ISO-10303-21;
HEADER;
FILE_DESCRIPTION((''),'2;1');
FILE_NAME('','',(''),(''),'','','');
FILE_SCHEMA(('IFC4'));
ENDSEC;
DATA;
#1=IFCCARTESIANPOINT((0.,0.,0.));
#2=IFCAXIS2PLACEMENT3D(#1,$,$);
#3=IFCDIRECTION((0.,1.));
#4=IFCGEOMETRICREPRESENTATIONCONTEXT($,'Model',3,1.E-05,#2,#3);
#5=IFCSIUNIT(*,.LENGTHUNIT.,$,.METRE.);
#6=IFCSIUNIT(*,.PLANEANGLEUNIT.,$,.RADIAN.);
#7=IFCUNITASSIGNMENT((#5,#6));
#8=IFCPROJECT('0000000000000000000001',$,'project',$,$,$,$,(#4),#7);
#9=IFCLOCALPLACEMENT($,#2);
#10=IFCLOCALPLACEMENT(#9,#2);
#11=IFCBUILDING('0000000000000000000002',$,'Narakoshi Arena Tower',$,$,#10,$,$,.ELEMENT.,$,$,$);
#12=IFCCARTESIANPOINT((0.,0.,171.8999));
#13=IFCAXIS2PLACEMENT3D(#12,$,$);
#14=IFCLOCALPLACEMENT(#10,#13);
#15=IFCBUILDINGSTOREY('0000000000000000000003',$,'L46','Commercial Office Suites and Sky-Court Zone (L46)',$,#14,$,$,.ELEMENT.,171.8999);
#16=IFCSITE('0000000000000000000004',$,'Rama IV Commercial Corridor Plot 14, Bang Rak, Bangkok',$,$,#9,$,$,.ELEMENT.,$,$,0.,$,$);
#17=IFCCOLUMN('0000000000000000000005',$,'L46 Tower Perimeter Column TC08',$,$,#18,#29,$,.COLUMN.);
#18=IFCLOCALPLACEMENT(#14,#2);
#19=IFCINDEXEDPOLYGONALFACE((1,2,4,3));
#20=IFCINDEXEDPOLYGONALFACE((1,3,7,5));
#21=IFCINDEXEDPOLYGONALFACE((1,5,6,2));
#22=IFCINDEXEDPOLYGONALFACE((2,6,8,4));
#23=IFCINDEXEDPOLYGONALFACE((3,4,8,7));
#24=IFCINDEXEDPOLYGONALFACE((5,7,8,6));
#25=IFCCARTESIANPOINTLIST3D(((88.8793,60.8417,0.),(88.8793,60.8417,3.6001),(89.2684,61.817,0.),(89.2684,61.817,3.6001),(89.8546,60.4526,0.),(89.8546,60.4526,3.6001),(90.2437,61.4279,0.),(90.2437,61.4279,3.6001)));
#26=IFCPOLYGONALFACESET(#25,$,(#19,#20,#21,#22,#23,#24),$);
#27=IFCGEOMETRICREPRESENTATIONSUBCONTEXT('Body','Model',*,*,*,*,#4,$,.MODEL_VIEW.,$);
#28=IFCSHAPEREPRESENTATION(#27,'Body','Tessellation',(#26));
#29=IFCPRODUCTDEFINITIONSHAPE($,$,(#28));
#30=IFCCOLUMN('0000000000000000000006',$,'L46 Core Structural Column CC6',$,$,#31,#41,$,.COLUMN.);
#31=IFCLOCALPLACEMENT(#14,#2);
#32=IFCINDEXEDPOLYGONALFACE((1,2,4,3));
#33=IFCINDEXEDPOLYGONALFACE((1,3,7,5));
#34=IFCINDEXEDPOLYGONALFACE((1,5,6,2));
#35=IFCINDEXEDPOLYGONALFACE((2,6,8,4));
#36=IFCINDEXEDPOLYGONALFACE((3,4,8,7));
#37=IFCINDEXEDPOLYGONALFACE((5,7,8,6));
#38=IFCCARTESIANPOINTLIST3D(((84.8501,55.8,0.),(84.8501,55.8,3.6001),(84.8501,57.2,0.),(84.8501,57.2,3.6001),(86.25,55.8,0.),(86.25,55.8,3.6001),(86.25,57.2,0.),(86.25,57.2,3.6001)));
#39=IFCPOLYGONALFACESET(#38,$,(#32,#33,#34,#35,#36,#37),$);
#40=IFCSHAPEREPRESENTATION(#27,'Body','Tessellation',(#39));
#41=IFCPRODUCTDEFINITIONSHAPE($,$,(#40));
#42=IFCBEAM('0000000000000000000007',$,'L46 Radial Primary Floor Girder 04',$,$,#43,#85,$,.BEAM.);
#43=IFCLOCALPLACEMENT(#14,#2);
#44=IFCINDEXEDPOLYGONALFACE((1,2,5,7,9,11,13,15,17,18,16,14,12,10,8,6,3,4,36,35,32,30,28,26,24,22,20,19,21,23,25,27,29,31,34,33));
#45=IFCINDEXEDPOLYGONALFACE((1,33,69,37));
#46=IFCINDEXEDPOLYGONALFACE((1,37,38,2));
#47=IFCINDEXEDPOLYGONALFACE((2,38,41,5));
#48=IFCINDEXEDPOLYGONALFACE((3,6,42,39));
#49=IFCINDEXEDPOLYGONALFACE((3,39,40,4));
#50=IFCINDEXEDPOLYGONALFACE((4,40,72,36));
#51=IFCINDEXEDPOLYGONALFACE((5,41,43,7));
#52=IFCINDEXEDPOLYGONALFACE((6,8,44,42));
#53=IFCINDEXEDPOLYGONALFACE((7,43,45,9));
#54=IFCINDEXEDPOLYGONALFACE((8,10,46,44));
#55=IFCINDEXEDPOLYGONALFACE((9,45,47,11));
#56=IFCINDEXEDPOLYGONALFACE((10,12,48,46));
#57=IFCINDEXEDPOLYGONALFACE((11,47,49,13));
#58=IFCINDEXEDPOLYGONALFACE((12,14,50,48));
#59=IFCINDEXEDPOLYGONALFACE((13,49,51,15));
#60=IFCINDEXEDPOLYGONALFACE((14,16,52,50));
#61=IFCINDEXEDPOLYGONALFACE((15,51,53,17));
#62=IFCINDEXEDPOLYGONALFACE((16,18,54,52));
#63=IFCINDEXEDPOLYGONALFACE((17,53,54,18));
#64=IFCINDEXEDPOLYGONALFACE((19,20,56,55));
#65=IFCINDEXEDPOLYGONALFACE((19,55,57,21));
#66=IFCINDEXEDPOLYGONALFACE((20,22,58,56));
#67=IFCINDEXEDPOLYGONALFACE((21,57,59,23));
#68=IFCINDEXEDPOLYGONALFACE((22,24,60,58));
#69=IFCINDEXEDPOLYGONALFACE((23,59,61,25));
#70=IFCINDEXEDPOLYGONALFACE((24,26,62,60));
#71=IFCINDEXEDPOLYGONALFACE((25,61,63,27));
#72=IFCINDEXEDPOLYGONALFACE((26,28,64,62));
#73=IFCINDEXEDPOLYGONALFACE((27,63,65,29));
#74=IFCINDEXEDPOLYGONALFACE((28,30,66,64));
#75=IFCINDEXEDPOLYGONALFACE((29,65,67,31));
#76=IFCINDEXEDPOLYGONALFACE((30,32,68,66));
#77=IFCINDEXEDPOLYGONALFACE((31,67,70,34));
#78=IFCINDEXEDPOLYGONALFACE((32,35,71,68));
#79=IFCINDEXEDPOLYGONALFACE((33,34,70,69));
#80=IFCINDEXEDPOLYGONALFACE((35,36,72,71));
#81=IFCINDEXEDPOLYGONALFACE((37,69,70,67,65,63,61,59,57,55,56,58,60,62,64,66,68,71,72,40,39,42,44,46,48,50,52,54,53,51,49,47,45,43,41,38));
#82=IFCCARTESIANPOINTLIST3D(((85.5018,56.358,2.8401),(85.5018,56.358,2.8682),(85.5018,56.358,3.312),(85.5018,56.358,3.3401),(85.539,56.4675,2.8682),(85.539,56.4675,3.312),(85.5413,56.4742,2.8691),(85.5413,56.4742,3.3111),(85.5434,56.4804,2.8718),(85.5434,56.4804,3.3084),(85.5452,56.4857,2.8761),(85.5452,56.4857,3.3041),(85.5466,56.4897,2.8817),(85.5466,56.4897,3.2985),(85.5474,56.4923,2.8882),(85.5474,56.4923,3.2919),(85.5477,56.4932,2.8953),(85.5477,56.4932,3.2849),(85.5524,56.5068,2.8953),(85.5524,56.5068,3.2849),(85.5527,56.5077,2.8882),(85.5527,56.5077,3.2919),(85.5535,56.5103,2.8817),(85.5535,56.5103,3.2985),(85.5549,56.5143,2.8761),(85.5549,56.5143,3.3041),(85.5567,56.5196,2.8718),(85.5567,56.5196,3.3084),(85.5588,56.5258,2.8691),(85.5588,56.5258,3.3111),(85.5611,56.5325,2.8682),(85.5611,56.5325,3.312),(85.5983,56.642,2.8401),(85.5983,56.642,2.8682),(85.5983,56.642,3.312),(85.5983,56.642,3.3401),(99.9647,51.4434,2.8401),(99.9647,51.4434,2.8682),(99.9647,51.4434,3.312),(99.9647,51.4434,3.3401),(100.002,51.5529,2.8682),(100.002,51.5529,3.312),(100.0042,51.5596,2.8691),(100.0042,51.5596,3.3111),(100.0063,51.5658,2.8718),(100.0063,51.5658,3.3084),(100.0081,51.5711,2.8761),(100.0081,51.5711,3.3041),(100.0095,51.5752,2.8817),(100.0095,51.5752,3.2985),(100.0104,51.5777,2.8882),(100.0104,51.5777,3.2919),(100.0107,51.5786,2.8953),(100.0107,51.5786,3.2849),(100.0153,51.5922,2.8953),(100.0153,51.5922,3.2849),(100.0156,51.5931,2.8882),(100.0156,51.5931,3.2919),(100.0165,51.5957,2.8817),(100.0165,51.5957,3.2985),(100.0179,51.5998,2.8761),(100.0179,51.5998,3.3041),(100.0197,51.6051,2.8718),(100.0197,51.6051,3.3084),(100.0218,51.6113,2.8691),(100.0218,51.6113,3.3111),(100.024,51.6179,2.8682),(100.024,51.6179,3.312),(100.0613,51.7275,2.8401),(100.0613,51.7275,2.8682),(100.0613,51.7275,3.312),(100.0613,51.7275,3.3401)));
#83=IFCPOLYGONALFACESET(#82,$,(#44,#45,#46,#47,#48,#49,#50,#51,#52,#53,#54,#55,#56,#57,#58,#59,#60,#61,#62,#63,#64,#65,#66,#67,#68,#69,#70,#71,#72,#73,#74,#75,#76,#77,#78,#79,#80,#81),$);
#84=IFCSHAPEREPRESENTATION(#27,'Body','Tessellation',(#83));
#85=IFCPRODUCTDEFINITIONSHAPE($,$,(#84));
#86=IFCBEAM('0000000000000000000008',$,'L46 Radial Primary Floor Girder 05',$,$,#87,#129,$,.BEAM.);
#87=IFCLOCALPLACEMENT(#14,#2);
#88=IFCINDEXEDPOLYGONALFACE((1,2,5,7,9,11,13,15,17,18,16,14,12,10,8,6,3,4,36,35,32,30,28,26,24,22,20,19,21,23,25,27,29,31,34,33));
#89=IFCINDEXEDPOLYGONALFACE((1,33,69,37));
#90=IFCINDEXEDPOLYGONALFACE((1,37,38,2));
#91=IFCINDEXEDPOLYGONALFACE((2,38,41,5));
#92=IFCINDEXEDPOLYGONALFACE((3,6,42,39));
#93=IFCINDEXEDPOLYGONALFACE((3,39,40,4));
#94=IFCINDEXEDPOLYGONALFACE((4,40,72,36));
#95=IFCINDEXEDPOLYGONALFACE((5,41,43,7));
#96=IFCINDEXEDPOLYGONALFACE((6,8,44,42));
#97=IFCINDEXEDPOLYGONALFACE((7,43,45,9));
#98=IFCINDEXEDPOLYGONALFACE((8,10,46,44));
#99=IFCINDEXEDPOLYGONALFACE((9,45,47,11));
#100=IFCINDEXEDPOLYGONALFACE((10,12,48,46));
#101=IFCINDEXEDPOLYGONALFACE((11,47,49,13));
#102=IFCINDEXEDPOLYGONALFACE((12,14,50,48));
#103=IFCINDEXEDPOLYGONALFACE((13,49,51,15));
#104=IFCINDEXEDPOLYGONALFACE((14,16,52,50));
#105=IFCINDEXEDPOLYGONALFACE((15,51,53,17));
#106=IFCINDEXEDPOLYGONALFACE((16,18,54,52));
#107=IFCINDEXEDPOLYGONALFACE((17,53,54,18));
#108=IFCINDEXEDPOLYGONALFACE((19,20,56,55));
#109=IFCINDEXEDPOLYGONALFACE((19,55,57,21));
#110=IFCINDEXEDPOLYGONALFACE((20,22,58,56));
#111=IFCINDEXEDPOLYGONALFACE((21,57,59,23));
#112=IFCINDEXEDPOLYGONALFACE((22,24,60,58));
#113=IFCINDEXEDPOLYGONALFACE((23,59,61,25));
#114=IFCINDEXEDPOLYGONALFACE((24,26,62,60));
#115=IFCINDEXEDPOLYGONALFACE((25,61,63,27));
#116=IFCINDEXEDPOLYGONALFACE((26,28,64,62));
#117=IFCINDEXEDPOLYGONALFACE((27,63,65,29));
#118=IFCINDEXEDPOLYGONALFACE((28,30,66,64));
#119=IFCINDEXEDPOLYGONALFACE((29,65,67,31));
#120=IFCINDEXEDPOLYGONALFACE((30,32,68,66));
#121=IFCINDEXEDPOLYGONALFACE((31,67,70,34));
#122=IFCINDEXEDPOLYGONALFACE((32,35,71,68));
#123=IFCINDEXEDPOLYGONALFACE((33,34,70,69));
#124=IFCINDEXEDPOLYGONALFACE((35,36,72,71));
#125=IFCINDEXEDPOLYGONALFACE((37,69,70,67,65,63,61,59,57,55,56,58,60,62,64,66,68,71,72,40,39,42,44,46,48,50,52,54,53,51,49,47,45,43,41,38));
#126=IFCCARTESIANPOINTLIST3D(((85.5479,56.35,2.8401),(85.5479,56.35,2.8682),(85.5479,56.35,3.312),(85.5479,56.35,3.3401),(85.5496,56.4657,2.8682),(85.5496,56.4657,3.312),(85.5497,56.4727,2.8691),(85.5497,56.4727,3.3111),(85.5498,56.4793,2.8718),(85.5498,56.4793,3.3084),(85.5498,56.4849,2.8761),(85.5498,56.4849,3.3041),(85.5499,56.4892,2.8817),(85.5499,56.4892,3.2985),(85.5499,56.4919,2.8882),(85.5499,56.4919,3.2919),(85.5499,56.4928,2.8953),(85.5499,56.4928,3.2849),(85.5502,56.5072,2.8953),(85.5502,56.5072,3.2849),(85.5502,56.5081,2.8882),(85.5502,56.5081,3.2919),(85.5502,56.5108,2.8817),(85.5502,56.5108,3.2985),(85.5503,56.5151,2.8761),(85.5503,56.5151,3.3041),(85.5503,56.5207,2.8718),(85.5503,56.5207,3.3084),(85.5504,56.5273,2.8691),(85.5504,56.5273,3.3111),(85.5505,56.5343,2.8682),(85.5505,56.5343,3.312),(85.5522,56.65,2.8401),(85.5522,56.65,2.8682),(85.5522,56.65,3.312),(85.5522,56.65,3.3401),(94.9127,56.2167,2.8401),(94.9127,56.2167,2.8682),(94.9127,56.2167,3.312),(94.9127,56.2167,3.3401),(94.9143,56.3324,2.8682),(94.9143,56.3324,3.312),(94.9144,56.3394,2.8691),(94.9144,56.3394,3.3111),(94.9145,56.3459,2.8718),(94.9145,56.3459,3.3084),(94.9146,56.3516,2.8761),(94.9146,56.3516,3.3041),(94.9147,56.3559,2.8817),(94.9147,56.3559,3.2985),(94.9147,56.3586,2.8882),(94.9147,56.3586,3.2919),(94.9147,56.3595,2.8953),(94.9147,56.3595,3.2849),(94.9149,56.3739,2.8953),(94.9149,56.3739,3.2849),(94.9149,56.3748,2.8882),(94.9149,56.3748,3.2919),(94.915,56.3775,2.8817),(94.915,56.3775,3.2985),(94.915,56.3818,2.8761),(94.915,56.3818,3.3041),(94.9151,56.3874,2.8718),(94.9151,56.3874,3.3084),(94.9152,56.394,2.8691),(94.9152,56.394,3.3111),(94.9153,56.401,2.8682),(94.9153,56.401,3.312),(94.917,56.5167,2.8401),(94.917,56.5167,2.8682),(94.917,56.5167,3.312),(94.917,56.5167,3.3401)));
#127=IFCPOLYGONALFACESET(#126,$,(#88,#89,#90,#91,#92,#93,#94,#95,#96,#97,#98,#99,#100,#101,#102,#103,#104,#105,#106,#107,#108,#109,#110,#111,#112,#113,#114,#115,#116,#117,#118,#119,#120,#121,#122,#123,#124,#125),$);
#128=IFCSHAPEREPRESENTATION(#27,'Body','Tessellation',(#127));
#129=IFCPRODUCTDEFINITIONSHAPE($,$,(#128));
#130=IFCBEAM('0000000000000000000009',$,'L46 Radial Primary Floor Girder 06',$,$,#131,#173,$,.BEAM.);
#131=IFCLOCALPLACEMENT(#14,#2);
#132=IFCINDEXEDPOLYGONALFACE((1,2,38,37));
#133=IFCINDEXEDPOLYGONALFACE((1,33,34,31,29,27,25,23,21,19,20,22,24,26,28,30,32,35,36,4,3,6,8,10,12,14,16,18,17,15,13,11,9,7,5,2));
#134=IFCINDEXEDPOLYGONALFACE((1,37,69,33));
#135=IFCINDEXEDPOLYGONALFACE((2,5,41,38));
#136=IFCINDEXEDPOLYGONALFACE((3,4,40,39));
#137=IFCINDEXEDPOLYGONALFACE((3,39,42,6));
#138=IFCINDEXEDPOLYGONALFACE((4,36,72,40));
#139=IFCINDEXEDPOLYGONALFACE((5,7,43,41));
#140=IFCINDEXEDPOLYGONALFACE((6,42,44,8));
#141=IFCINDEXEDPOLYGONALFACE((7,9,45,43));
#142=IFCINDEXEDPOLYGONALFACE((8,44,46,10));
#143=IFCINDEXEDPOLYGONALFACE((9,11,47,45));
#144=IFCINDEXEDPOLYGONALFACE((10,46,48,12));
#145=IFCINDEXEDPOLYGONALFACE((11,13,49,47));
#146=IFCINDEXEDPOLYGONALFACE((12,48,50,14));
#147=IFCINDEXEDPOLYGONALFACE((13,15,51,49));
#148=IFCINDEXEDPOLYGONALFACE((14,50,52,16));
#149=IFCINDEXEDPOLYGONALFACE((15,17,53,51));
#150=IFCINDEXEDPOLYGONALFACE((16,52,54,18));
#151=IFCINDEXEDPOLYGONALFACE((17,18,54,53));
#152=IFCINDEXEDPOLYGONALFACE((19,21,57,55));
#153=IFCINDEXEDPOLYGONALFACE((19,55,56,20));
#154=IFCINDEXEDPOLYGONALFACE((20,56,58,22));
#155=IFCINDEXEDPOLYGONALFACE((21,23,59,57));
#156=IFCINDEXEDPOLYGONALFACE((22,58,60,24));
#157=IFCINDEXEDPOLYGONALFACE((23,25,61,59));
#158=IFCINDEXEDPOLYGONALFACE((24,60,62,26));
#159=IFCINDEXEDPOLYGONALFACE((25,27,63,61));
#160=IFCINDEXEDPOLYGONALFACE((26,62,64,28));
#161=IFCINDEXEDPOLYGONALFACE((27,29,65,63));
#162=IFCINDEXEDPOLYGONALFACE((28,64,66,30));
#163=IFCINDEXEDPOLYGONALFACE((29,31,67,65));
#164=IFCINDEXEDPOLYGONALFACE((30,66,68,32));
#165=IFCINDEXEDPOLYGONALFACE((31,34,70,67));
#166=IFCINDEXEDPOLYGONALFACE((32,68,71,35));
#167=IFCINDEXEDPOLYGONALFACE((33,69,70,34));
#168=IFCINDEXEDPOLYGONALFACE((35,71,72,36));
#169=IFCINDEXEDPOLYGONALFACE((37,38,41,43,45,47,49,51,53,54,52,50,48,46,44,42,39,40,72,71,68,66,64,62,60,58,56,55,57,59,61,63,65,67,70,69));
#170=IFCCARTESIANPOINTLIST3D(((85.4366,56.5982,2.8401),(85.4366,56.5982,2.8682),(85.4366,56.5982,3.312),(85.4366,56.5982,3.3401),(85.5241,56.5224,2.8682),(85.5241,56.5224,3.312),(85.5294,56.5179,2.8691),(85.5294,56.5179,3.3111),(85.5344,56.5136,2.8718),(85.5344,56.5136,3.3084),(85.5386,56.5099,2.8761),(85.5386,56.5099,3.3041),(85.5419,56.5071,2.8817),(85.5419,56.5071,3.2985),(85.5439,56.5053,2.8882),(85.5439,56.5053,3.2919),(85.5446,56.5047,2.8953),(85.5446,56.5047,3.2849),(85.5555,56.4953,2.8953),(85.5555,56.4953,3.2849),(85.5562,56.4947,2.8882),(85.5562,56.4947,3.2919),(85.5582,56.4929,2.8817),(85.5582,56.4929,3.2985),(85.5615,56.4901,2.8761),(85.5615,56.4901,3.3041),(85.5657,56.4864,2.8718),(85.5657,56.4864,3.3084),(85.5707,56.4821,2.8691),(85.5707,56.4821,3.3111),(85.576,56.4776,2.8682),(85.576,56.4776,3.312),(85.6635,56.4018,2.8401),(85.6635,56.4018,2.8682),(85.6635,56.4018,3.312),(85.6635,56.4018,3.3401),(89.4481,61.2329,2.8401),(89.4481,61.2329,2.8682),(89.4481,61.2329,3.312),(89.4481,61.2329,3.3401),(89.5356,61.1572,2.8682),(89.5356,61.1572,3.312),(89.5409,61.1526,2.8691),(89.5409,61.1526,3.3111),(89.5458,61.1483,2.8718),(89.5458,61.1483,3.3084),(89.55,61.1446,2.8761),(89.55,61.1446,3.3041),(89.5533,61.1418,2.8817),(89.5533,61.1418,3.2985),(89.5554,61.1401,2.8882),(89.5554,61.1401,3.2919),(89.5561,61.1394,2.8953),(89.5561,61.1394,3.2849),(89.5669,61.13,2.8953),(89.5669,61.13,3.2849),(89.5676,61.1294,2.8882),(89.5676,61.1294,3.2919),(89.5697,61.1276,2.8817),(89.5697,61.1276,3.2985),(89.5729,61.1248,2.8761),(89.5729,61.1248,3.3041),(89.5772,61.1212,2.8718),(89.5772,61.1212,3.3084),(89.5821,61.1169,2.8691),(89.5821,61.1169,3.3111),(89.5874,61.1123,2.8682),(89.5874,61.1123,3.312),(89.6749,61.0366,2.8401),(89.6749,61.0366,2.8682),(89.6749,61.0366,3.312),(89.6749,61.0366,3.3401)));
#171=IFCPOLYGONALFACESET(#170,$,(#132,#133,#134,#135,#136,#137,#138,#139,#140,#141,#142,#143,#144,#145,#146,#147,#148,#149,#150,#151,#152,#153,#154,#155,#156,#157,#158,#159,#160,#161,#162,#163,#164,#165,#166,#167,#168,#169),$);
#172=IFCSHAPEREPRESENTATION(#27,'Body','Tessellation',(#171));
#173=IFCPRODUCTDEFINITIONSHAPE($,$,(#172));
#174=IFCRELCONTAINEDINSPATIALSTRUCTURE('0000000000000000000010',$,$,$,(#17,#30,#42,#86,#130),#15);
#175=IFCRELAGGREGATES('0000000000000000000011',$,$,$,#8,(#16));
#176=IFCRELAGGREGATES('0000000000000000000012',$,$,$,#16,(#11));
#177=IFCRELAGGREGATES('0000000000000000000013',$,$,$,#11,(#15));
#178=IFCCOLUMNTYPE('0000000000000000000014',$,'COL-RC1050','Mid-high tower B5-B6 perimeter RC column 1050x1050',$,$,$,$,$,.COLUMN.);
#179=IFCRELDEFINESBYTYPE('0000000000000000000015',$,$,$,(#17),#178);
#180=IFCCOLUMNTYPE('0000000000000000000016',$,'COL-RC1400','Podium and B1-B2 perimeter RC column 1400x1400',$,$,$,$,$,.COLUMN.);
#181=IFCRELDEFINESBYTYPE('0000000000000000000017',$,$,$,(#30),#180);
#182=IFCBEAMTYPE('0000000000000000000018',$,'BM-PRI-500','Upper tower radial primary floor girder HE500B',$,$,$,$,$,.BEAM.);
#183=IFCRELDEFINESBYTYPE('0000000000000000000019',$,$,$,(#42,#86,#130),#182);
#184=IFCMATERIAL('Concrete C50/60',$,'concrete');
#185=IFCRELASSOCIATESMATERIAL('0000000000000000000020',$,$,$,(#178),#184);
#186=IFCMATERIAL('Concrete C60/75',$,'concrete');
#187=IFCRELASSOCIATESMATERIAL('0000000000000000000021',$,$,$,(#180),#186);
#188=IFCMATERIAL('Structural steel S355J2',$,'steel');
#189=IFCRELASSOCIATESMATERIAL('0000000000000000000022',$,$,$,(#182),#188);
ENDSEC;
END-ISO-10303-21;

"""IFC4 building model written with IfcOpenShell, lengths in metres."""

from ifc_helpers import new_model, si_unit, direction, frame, origin, origin_2d, place, context, subcontext, project, spatial, rectangle, i_section, extrude, material, material_profile, profile_set, type_object, element, save


model = new_model("IFC4")

# Units and contexts
model_context = context("Model", 3, precision=1e-05, world=origin(), true_north=direction((0.0, 1.0)))
body_context = subcontext(model_context, "Body", "Model", "MODEL_VIEW")
ifc_project = project(units=[si_unit("LENGTHUNIT", "METRE"), si_unit("PLANEANGLEUNIT", "RADIAN")], contexts=[model_context])

# Site, building, storey
site_placement = place(None, origin())
site = spatial("IfcSite", under=ifc_project, at=site_placement, Name="Rama IV Commercial Corridor Plot 14, Bang Rak, Bangkok", CompositionType="ELEMENT", RefElevation=0.0)
building_placement = place(site_placement, origin())
building = spatial("IfcBuilding", under=site, at=building_placement, Name="Narakoshi Arena Tower", CompositionType="ELEMENT")
storey_placement = place(building_placement, frame((0.0, 0.0, 171.8999)))
storey = spatial("IfcBuildingStorey", under=building, at=storey_placement, Name="L46", Description="Commercial Office Suites and Sky-Court Zone (L46)", CompositionType="ELEMENT", Elevation=171.8999)

# Columns
ifc_material_1 = material(Name="Concrete C50/60", Category="concrete")
ifc_material_profile_1 = material_profile(ifc_material_1, rectangle(XDim=1.05, YDim=1.05, at=origin_2d()), Name="RC1050x1050")
ifc_profile_set_1 = profile_set([ifc_material_profile_1], Name="Concrete C50/60")
column_type_1 = type_object("IfcColumnType", Name="COL-RC1050", Description="Mid-high tower B5-B6 perimeter RC column 1050x1050", PredefinedType="COLUMN", material=ifc_profile_set_1)
column_1_placement = place(storey_placement, frame((89.5615, 61.1348, 0.0), z_axis=(0.0, 0.0, 1.0), x_axis=(0.370557, 0.92881, 0.0)))
element("IfcColumn", 1, at=column_1_placement, inside=storey, type_object=column_type_1, Name="L46 Tower Perimeter Column TC08", PredefinedType="COLUMN", context=body_context, shape_type="SweptSolid", body=[
    extrude(rectangle(XDim=1.05, YDim=1.05, at=origin_2d()), origin(), (0.0, 0.0, 1.0), 3.6001),
])
ifc_material_2 = material(Name="Concrete C60/75", Category="concrete")
ifc_material_profile_2 = material_profile(ifc_material_2, rectangle(XDim=1.3999, YDim=1.3999, at=origin_2d()), Name="RC1400x1400")
ifc_profile_set_2 = profile_set([ifc_material_profile_2], Name="Concrete C60/75")
column_type_2 = type_object("IfcColumnType", Name="COL-RC1400", Description="Podium and B1-B2 perimeter RC column 1400x1400", PredefinedType="COLUMN", material=ifc_profile_set_2)
column_2_placement = place(storey_placement, frame((85.55, 56.5, 0.0), z_axis=(0.0, 0.0, 1.0), x_axis=(1.0, 0.0, 0.0)))
element("IfcColumn", 2, at=column_2_placement, inside=storey, type_object=column_type_2, Name="L46 Core Structural Column CC6", PredefinedType="COLUMN", context=body_context, shape_type="SweptSolid", body=[
    extrude(rectangle(XDim=1.3999, YDim=1.3999, at=origin_2d()), origin(), (0.0, 0.0, 1.0), 3.6001),
])

# Beams
ifc_material_3 = material(Name="Structural steel S355J2", Category="steel")
ifc_material_profile_3 = material_profile(ifc_material_3, i_section(OverallWidth=0.3, OverallDepth=0.5, WebThickness=0.0144, FlangeThickness=0.0281, FilletRadius=0.0271, at=origin_2d()), Name="HE500B")
ifc_profile_set_3 = profile_set([ifc_material_profile_3], Name="Structural steel S355J2")
beam_type_1 = type_object("IfcBeamType", Name="BM-PRI-500", Description="Upper tower radial primary floor girder HE500B", PredefinedType="BEAM", material=ifc_profile_set_3)
beam_1_placement = place(storey_placement, frame((85.55, 56.5, 3.0901), z_axis=(0.946829, -0.321737, 0.0), x_axis=(0.321737, 0.946829, 0.0)))
element("IfcBeam", 3, at=beam_1_placement, inside=storey, type_object=beam_type_1, Name="L46 Radial Primary Floor Girder 04", PredefinedType="BEAM", context=body_context, shape_type="SweptSolid", body=[
    extrude(i_section(OverallWidth=0.3, OverallDepth=0.5, WebThickness=0.0144, FlangeThickness=0.0281, FilletRadius=0.0271, at=origin_2d()), origin(), (0.0, 0.0, 1.0), 15.2751),
])
beam_2_placement = place(storey_placement, frame((85.55, 56.5, 3.0901), z_axis=(0.999899, -0.014233, 0.0), x_axis=(0.014233, 0.999899, 0.0)))
element("IfcBeam", 4, at=beam_2_placement, inside=storey, type_object=beam_type_1, Name="L46 Radial Primary Floor Girder 05", PredefinedType="BEAM", context=body_context, shape_type="SweptSolid", body=[
    extrude(i_section(OverallWidth=0.3, OverallDepth=0.5, WebThickness=0.0144, FlangeThickness=0.0281, FilletRadius=0.0271, at=origin_2d()), origin(), (0.0, 0.0, 1.0), 9.3657),
])
beam_3_placement = place(storey_placement, frame((85.55, 56.5, 3.0901), z_axis=(0.654435, 0.756119, 0.0), x_axis=(-0.756119, 0.654435, 0.0)))
element("IfcBeam", 5, at=beam_3_placement, inside=storey, type_object=beam_type_1, Name="L46 Radial Primary Floor Girder 06", PredefinedType="BEAM", context=body_context, shape_type="SweptSolid", body=[
    extrude(i_section(OverallWidth=0.3, OverallDepth=0.5, WebThickness=0.0144, FlangeThickness=0.0281, FilletRadius=0.0271, at=origin_2d()), origin(), (0.0, 0.0, 1.0), 6.1296),
])

save(model, "model.ifc")
